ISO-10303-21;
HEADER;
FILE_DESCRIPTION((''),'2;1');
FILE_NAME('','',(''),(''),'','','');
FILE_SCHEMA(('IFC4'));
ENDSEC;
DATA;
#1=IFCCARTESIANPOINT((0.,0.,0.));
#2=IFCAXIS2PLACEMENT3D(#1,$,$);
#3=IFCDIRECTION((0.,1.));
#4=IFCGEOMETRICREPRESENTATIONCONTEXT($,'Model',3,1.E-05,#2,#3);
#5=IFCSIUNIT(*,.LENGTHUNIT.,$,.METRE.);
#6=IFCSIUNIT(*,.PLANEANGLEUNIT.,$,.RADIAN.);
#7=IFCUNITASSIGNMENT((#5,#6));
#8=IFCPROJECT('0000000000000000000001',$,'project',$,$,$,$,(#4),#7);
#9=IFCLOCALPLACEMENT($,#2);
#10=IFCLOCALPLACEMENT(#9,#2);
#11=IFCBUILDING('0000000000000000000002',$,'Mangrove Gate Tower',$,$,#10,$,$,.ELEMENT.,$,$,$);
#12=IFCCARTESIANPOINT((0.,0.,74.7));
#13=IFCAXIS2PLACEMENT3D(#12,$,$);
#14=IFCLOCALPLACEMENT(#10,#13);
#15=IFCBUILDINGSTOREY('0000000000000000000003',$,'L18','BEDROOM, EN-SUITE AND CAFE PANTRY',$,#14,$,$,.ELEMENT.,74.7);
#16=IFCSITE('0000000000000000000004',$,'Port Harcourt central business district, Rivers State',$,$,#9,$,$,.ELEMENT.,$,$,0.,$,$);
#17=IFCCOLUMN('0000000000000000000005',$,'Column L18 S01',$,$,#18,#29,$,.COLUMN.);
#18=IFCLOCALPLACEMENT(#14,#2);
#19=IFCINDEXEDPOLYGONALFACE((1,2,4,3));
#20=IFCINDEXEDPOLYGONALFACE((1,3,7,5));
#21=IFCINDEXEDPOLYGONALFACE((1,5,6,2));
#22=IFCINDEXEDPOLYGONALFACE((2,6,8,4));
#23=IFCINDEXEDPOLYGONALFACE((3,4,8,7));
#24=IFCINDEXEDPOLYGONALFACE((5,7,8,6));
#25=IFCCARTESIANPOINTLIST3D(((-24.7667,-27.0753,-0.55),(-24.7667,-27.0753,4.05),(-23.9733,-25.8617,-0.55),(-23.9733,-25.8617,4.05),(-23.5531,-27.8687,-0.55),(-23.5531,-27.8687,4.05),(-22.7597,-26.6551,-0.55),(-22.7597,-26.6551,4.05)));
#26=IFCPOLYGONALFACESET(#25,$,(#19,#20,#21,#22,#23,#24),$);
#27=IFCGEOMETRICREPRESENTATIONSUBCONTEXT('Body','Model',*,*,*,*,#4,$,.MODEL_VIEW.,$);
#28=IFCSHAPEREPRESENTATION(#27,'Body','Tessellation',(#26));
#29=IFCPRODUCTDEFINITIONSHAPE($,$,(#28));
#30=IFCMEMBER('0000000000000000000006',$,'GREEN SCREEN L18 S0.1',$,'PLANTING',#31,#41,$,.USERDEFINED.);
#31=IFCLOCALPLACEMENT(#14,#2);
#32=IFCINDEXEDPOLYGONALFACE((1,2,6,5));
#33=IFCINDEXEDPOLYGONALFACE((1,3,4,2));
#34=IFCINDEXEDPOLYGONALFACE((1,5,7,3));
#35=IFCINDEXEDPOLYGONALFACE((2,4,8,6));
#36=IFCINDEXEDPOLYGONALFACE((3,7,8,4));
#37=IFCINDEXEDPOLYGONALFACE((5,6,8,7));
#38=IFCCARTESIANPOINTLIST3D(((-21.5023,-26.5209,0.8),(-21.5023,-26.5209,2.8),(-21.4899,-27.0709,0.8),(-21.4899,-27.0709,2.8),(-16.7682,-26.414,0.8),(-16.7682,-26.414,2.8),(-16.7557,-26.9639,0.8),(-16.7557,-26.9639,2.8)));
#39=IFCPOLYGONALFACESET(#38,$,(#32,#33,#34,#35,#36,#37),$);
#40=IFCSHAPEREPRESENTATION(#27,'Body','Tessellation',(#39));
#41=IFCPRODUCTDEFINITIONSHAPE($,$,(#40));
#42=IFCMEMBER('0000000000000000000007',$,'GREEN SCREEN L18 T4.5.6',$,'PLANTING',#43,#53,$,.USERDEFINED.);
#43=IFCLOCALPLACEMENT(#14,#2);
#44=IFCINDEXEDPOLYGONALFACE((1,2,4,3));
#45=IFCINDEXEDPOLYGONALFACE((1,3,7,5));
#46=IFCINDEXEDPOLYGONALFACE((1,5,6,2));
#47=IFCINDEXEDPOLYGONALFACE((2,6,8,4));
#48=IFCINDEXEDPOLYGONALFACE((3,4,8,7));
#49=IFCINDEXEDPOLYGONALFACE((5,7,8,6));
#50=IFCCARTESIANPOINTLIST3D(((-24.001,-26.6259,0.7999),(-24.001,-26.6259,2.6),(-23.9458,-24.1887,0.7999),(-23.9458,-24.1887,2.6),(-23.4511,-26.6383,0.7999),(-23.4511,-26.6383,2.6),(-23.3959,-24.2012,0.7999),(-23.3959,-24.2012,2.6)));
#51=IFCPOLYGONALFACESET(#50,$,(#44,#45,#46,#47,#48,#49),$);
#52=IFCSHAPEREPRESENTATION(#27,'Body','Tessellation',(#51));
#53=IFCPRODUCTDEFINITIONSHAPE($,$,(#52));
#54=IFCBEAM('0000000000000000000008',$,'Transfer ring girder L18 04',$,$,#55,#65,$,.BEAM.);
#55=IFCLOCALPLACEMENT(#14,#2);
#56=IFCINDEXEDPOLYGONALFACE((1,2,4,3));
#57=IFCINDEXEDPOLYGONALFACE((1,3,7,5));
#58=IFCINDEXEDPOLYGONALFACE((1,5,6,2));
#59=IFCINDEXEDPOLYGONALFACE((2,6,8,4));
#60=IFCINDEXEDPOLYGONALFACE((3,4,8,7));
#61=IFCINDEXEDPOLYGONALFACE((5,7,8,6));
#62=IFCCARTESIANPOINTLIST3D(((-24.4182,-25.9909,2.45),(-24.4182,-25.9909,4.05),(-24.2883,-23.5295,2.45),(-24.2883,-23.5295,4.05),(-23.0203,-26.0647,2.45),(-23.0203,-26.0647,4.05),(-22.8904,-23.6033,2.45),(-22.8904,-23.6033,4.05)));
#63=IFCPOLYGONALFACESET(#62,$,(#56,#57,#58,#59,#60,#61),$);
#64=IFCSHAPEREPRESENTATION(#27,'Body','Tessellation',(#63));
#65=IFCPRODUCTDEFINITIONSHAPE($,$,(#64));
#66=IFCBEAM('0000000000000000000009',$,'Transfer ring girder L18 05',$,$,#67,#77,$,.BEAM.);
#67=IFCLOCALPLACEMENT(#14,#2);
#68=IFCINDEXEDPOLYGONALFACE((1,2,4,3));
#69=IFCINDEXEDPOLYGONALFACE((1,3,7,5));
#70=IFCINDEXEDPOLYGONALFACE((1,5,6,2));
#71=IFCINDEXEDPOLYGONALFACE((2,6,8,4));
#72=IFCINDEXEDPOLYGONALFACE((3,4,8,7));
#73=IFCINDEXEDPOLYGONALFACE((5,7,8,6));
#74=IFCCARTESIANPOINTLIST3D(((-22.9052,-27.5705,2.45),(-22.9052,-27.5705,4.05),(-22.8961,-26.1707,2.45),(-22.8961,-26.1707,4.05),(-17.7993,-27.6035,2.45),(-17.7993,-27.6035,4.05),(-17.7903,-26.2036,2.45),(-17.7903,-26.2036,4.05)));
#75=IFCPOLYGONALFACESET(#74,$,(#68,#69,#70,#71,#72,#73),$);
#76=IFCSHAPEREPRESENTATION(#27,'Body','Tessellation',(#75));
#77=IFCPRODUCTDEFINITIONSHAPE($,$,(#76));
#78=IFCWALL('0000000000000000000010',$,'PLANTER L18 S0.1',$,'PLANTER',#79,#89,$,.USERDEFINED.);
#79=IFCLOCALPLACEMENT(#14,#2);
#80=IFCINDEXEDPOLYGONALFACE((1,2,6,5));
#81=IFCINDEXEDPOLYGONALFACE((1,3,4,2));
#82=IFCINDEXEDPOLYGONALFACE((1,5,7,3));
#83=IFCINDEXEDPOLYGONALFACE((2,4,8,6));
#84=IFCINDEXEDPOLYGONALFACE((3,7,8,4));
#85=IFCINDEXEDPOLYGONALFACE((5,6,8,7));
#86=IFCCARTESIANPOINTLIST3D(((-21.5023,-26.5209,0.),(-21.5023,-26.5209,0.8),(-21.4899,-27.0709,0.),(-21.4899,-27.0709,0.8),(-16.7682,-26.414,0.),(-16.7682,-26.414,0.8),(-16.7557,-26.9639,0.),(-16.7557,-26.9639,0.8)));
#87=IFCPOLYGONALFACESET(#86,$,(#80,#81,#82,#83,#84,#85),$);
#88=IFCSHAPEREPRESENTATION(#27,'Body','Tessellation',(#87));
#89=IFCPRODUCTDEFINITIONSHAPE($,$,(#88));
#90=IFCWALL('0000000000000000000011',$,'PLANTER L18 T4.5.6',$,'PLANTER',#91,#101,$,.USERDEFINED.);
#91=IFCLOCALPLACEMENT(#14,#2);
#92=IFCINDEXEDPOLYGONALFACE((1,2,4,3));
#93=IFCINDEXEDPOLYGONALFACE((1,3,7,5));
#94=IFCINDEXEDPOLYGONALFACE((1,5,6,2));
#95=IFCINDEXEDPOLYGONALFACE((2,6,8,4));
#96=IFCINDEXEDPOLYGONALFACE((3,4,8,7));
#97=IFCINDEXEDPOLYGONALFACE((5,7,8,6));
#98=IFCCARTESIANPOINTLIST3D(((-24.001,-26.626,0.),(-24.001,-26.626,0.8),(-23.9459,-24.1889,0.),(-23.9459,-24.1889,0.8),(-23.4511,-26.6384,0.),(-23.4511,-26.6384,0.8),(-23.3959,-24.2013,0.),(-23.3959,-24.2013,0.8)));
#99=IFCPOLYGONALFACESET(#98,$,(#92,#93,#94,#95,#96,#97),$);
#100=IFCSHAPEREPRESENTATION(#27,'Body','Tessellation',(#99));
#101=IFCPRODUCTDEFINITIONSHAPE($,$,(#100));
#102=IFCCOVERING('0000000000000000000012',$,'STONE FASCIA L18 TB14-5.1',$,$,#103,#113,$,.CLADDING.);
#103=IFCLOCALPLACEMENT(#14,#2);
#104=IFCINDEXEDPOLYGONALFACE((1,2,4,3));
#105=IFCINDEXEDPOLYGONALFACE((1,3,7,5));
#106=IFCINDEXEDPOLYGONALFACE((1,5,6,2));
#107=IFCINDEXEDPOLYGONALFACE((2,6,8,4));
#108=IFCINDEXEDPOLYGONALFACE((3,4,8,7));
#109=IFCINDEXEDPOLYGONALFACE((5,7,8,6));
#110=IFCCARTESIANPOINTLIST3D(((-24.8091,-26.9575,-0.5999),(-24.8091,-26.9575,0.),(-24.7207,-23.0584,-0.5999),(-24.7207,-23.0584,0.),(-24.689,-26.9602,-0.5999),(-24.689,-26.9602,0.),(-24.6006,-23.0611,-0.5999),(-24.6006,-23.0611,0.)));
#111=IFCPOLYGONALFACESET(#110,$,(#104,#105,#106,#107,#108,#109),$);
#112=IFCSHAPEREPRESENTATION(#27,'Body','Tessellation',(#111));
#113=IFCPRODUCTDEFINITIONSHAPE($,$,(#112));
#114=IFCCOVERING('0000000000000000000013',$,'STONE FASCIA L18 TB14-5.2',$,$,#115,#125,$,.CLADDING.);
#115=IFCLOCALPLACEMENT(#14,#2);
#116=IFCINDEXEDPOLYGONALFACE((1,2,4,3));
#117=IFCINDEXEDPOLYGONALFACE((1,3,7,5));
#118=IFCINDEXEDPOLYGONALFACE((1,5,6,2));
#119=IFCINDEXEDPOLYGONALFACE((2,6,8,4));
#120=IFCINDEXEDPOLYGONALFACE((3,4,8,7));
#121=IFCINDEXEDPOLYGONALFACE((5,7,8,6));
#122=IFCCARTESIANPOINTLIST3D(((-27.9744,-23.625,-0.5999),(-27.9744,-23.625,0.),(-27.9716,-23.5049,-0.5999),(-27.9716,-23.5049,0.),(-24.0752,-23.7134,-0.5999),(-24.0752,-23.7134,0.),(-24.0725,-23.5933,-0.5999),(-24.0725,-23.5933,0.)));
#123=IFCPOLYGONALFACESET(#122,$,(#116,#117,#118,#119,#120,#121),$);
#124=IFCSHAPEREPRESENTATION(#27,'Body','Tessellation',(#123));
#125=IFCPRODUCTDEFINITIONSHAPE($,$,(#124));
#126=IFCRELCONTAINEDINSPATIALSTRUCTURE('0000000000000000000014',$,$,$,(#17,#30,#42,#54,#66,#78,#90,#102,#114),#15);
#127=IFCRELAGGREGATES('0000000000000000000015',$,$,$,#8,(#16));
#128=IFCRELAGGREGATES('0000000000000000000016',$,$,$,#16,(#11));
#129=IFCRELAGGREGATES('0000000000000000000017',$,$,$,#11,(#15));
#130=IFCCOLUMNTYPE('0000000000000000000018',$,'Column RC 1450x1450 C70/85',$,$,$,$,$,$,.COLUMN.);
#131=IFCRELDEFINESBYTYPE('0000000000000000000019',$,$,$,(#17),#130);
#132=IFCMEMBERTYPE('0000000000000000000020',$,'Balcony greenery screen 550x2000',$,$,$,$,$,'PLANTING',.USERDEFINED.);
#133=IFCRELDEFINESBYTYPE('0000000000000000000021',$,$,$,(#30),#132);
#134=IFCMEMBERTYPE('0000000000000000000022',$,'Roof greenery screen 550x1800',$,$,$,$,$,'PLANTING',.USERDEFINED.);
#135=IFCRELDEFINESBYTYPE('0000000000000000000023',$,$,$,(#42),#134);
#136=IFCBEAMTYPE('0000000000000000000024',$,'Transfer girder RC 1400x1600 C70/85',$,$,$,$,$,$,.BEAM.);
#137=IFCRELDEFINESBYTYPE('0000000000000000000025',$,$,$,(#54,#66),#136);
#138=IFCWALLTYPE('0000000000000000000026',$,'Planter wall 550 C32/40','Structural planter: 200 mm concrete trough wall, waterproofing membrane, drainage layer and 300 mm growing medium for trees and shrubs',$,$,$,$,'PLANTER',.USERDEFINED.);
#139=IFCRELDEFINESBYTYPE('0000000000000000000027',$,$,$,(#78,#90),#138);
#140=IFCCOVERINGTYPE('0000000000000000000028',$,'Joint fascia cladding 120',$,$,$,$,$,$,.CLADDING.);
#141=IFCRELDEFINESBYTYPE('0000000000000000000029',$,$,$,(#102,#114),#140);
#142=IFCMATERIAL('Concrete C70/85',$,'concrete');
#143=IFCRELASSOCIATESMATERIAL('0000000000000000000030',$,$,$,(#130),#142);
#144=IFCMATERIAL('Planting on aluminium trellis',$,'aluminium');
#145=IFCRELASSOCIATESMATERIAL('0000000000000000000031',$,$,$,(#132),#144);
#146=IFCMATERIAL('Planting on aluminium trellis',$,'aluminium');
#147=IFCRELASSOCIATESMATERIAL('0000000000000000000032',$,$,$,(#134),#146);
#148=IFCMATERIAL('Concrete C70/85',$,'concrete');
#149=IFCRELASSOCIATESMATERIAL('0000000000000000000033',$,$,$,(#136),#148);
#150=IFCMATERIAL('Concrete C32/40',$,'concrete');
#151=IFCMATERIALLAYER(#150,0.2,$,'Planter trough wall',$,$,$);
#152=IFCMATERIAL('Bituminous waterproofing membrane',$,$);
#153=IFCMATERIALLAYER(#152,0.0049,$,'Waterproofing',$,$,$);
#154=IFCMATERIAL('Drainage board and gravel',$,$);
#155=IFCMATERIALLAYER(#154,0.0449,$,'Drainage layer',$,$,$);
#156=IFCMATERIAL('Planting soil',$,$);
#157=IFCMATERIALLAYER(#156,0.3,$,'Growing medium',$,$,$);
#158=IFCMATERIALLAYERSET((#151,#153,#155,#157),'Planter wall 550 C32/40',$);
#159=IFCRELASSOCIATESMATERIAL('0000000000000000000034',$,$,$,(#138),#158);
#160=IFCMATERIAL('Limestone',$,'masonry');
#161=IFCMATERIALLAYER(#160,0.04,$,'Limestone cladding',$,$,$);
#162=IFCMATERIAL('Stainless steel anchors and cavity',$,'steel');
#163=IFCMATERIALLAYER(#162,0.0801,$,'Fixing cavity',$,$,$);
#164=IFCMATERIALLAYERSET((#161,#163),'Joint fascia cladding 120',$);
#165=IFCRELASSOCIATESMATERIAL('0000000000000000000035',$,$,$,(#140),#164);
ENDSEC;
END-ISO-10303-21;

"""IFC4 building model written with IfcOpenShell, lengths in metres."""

from ifc_helpers import new_model, si_unit, direction, frame, frame_2d, origin, origin_2d, place, context, subcontext, project, spatial, rectangle, extrude, material, layer, layer_set, material_profile, profile_set, type_object, element, save


model = new_model("IFC4")

# Units and contexts
model_context = context("Model", 3, precision=1e-05, world=origin(), true_north=direction((0.0, 1.0)))
body_context = subcontext(model_context, "Body", "Model", "MODEL_VIEW")
ifc_project = project(units=[si_unit("LENGTHUNIT", "METRE"), si_unit("PLANEANGLEUNIT", "RADIAN")], contexts=[model_context])

# Site, building, storey
site_placement = place(None, origin())
site = spatial("IfcSite", under=ifc_project, at=site_placement, Name="Port Harcourt central business district, Rivers State", CompositionType="ELEMENT", RefElevation=0.0)
building_placement = place(site_placement, origin())
building = spatial("IfcBuilding", under=site, at=building_placement, Name="Mangrove Gate Tower", CompositionType="ELEMENT")
storey_placement = place(building_placement, frame((0.0, 0.0, 74.7)))
storey = spatial("IfcBuildingStorey", under=building, at=storey_placement, Name="L18", Description="BEDROOM, EN-SUITE AND CAFE PANTRY", CompositionType="ELEMENT", Elevation=74.7)

# Column
ifc_material_1 = material(Name="Concrete C70/85", Category="concrete")
ifc_material_profile_1 = material_profile(ifc_material_1, rectangle(XDim=1.45, YDim=1.45, at=origin_2d()))
ifc_profile_set_1 = profile_set([ifc_material_profile_1], Name="Concrete C70/85")
column_type = type_object("IfcColumnType", Name="Column RC 1450x1450 C70/85", PredefinedType="COLUMN", material=ifc_profile_set_1)
column_placement = place(storey_placement, frame((-23.7632, -26.8652, -0.55), z_axis=(0.0, 0.0, 1.0), x_axis=(0.837001, -0.547201, 0.0)))
element("IfcColumn", 1, at=column_placement, inside=storey, type_object=column_type, Name="Column L18 S01", PredefinedType="COLUMN", context=body_context, shape_type="SweptSolid", body=[
    extrude(rectangle(XDim=1.45, YDim=1.45, at=origin_2d()), origin(), (0.0, 0.0, 1.0), 4.6001),
])

# Members
ifc_material_2 = material(Name="Planting on aluminium trellis", Category="aluminium")
ifc_material_profile_2 = material_profile(ifc_material_2, rectangle(XDim=0.55, YDim=2.0, at=origin_2d()))
ifc_profile_set_2 = profile_set([ifc_material_profile_2], Name="Planting on aluminium trellis")
member_type_1 = type_object("IfcMemberType", Name="Balcony greenery screen 550x2000", ElementType="PLANTING", PredefinedType="USERDEFINED", material=ifc_profile_set_2)
member_1_placement = place(storey_placement, frame((-21.4961, -26.7959, 1.8), z_axis=(0.999745, 0.022582, 0.0), x_axis=(-0.022582, 0.999745, 0.0)))
element("IfcMember", 2, at=member_1_placement, inside=storey, type_object=member_type_1, Name="GREEN SCREEN L18 S0.1", ObjectType="PLANTING", PredefinedType="USERDEFINED", context=body_context, shape_type="SweptSolid", body=[
    extrude(rectangle(XDim=0.55, YDim=2.0, at=origin_2d()), origin(), (0.0, 0.0, 1.0), 4.7354),
])
ifc_material_3 = material(Name="Planting on aluminium trellis", Category="aluminium")
ifc_material_profile_3 = material_profile(ifc_material_3, rectangle(XDim=0.55, YDim=1.8, at=origin_2d()))
ifc_profile_set_3 = profile_set([ifc_material_profile_3], Name="Planting on aluminium trellis")
member_type_2 = type_object("IfcMemberType", Name="Roof greenery screen 550x1800", ElementType="PLANTING", PredefinedType="USERDEFINED", material=ifc_profile_set_3)
member_2_placement = place(storey_placement, frame((-23.7261, -26.6321, 1.7), z_axis=(0.022635, 0.999744, 0.0), x_axis=(-0.999744, 0.022635, 0.0)))
element("IfcMember", 3, at=member_2_placement, inside=storey, type_object=member_type_2, Name="GREEN SCREEN L18 T4.5.6", ObjectType="PLANTING", PredefinedType="USERDEFINED", context=body_context, shape_type="SweptSolid", body=[
    extrude(rectangle(XDim=0.55, YDim=1.8, at=origin_2d()), origin(), (0.0, 0.0, 1.0), 2.4377),
])

# Beams
ifc_material_4 = material(Name="Concrete C70/85", Category="concrete")
ifc_material_profile_4 = material_profile(ifc_material_4, rectangle(XDim=1.3999, YDim=1.6001, at=origin_2d()))
ifc_profile_set_4 = profile_set([ifc_material_profile_4], Name="Concrete C70/85")
beam_type = type_object("IfcBeamType", Name="Transfer girder RC 1400x1600 C70/85", PredefinedType="BEAM", material=ifc_profile_set_4)
beam_1_placement = place(storey_placement, frame((-23.5894, -23.5664, 3.25), z_axis=(-0.052694, -0.998611, 0.0), x_axis=(0.998611, -0.052694, 0.0)))
element("IfcBeam", 4, at=beam_1_placement, inside=storey, type_object=beam_type, Name="Transfer ring girder L18 04", PredefinedType="BEAM", context=body_context, shape_type="SweptSolid", body=[
    extrude(rectangle(XDim=1.3999, YDim=1.6001, at=origin_2d()), origin(), (0.0, 0.0, 1.0), 2.4648),
])
beam_2_placement = place(storey_placement, frame((-22.9006, -26.8706, 3.25), z_axis=(0.999979, -0.006455, 0.0), x_axis=(0.006455, 0.999979, 0.0)))
element("IfcBeam", 5, at=beam_2_placement, inside=storey, type_object=beam_type, Name="Transfer ring girder L18 05", PredefinedType="BEAM", context=body_context, shape_type="SweptSolid", body=[
    extrude(rectangle(XDim=1.3999, YDim=1.6001, at=origin_2d()), origin(), (0.0, 0.0, 1.0), 5.106),
])

# Shared definitions
ifc_material_5 = material(Name="Limestone", Category="masonry")

# Walls
ifc_material_6 = material(Name="Concrete C32/40", Category="concrete")
ifc_layer_1 = layer(ifc_material_6, 0.2, Name="Planter trough wall")
ifc_material_7 = material(Name="Bituminous waterproofing membrane")
ifc_layer_2 = layer(ifc_material_7, 0.0049, Name="Waterproofing")
ifc_material_8 = material(Name="Drainage board and gravel")
ifc_layer_3 = layer(ifc_material_8, 0.0449, Name="Drainage layer")
ifc_material_9 = material(Name="Planting soil")
ifc_layer_4 = layer(ifc_material_9, 0.3, Name="Growing medium")
ifc_layer_set_1 = layer_set([ifc_layer_1, ifc_layer_2, ifc_layer_3, ifc_layer_4], Name="Planter wall 550 C32/40")
wall_type_1 = type_object("IfcWallType", Name="Planter wall 550 C32/40", Description="Structural planter: 200 mm concrete trough wall, waterproofing membrane, drainage layer and 300 mm growing medium for trees and shrubs", ElementType="PLANTER", PredefinedType="USERDEFINED", material=ifc_layer_set_1)
wall_1_placement = place(storey_placement, frame((-21.4961, -26.7959, 0.0), z_axis=(0.0, 0.0, 1.0), x_axis=(0.999745, 0.022582, 0.0)))
element("IfcWall", 6, at=wall_1_placement, inside=storey, type_object=wall_type_1, Name="PLANTER L18 S0.1", ObjectType="PLANTER", PredefinedType="USERDEFINED", context=body_context, shape_type="SweptSolid", body=[
    extrude(rectangle(XDim=4.7354, YDim=0.55, at=frame_2d((2.3677, 0.0))), origin(), (0.0, 0.0, 1.0), 0.8),
])
wall_2_placement = place(storey_placement, frame((-23.7261, -26.6321, 0.0), z_axis=(0.0, 0.0, 1.0), x_axis=(0.022635, 0.999744, 0.0)))
element("IfcWall", 7, at=wall_2_placement, inside=storey, type_object=wall_type_1, Name="PLANTER L18 T4.5.6", ObjectType="PLANTER", PredefinedType="USERDEFINED", context=body_context, shape_type="SweptSolid", body=[
    extrude(rectangle(XDim=2.4377, YDim=0.55, at=frame_2d((1.2188, 0.0))), origin(), (0.0, 0.0, 1.0), 0.8),
])

# Coverings
ifc_layer_5 = layer(ifc_material_5, 0.04, Name="Limestone cladding")
ifc_material_10 = material(Name="Stainless steel anchors and cavity", Category="steel")
ifc_layer_6 = layer(ifc_material_10, 0.0801, Name="Fixing cavity")
ifc_layer_set_2 = layer_set([ifc_layer_5, ifc_layer_6], Name="Joint fascia cladding 120")
covering_type = type_object("IfcCoveringType", Name="Joint fascia cladding 120", PredefinedType="CLADDING", material=ifc_layer_set_2)
for number, where, z_axis, x_axis, name in (
    (8, (-24.749, -26.959, -0.5999), (0.0, 0.0, 1.0), (0.02266, 0.999743, 0.0), "STONE FASCIA L18 TB14-5.1"),
    (9, (-24.0737, -23.6533, -0.5999), (0.0, 0.0, 1.0), (-0.999743, 0.02266, 0.0), "STONE FASCIA L18 TB14-5.2"),
):
    element("IfcCovering", number, at=place(storey_placement, frame(where, z_axis=z_axis, x_axis=x_axis)), inside=storey, type_object=covering_type, Name=name, PredefinedType="CLADDING", context=body_context, shape_type="SweptSolid", body=[
        extrude(rectangle(XDim=3.9001, YDim=0.1201, at=frame_2d((1.9502, 0.0))), origin(), (0.0, 0.0, 1.0), 0.5999),
    ])

save(model, "model.ifc")
